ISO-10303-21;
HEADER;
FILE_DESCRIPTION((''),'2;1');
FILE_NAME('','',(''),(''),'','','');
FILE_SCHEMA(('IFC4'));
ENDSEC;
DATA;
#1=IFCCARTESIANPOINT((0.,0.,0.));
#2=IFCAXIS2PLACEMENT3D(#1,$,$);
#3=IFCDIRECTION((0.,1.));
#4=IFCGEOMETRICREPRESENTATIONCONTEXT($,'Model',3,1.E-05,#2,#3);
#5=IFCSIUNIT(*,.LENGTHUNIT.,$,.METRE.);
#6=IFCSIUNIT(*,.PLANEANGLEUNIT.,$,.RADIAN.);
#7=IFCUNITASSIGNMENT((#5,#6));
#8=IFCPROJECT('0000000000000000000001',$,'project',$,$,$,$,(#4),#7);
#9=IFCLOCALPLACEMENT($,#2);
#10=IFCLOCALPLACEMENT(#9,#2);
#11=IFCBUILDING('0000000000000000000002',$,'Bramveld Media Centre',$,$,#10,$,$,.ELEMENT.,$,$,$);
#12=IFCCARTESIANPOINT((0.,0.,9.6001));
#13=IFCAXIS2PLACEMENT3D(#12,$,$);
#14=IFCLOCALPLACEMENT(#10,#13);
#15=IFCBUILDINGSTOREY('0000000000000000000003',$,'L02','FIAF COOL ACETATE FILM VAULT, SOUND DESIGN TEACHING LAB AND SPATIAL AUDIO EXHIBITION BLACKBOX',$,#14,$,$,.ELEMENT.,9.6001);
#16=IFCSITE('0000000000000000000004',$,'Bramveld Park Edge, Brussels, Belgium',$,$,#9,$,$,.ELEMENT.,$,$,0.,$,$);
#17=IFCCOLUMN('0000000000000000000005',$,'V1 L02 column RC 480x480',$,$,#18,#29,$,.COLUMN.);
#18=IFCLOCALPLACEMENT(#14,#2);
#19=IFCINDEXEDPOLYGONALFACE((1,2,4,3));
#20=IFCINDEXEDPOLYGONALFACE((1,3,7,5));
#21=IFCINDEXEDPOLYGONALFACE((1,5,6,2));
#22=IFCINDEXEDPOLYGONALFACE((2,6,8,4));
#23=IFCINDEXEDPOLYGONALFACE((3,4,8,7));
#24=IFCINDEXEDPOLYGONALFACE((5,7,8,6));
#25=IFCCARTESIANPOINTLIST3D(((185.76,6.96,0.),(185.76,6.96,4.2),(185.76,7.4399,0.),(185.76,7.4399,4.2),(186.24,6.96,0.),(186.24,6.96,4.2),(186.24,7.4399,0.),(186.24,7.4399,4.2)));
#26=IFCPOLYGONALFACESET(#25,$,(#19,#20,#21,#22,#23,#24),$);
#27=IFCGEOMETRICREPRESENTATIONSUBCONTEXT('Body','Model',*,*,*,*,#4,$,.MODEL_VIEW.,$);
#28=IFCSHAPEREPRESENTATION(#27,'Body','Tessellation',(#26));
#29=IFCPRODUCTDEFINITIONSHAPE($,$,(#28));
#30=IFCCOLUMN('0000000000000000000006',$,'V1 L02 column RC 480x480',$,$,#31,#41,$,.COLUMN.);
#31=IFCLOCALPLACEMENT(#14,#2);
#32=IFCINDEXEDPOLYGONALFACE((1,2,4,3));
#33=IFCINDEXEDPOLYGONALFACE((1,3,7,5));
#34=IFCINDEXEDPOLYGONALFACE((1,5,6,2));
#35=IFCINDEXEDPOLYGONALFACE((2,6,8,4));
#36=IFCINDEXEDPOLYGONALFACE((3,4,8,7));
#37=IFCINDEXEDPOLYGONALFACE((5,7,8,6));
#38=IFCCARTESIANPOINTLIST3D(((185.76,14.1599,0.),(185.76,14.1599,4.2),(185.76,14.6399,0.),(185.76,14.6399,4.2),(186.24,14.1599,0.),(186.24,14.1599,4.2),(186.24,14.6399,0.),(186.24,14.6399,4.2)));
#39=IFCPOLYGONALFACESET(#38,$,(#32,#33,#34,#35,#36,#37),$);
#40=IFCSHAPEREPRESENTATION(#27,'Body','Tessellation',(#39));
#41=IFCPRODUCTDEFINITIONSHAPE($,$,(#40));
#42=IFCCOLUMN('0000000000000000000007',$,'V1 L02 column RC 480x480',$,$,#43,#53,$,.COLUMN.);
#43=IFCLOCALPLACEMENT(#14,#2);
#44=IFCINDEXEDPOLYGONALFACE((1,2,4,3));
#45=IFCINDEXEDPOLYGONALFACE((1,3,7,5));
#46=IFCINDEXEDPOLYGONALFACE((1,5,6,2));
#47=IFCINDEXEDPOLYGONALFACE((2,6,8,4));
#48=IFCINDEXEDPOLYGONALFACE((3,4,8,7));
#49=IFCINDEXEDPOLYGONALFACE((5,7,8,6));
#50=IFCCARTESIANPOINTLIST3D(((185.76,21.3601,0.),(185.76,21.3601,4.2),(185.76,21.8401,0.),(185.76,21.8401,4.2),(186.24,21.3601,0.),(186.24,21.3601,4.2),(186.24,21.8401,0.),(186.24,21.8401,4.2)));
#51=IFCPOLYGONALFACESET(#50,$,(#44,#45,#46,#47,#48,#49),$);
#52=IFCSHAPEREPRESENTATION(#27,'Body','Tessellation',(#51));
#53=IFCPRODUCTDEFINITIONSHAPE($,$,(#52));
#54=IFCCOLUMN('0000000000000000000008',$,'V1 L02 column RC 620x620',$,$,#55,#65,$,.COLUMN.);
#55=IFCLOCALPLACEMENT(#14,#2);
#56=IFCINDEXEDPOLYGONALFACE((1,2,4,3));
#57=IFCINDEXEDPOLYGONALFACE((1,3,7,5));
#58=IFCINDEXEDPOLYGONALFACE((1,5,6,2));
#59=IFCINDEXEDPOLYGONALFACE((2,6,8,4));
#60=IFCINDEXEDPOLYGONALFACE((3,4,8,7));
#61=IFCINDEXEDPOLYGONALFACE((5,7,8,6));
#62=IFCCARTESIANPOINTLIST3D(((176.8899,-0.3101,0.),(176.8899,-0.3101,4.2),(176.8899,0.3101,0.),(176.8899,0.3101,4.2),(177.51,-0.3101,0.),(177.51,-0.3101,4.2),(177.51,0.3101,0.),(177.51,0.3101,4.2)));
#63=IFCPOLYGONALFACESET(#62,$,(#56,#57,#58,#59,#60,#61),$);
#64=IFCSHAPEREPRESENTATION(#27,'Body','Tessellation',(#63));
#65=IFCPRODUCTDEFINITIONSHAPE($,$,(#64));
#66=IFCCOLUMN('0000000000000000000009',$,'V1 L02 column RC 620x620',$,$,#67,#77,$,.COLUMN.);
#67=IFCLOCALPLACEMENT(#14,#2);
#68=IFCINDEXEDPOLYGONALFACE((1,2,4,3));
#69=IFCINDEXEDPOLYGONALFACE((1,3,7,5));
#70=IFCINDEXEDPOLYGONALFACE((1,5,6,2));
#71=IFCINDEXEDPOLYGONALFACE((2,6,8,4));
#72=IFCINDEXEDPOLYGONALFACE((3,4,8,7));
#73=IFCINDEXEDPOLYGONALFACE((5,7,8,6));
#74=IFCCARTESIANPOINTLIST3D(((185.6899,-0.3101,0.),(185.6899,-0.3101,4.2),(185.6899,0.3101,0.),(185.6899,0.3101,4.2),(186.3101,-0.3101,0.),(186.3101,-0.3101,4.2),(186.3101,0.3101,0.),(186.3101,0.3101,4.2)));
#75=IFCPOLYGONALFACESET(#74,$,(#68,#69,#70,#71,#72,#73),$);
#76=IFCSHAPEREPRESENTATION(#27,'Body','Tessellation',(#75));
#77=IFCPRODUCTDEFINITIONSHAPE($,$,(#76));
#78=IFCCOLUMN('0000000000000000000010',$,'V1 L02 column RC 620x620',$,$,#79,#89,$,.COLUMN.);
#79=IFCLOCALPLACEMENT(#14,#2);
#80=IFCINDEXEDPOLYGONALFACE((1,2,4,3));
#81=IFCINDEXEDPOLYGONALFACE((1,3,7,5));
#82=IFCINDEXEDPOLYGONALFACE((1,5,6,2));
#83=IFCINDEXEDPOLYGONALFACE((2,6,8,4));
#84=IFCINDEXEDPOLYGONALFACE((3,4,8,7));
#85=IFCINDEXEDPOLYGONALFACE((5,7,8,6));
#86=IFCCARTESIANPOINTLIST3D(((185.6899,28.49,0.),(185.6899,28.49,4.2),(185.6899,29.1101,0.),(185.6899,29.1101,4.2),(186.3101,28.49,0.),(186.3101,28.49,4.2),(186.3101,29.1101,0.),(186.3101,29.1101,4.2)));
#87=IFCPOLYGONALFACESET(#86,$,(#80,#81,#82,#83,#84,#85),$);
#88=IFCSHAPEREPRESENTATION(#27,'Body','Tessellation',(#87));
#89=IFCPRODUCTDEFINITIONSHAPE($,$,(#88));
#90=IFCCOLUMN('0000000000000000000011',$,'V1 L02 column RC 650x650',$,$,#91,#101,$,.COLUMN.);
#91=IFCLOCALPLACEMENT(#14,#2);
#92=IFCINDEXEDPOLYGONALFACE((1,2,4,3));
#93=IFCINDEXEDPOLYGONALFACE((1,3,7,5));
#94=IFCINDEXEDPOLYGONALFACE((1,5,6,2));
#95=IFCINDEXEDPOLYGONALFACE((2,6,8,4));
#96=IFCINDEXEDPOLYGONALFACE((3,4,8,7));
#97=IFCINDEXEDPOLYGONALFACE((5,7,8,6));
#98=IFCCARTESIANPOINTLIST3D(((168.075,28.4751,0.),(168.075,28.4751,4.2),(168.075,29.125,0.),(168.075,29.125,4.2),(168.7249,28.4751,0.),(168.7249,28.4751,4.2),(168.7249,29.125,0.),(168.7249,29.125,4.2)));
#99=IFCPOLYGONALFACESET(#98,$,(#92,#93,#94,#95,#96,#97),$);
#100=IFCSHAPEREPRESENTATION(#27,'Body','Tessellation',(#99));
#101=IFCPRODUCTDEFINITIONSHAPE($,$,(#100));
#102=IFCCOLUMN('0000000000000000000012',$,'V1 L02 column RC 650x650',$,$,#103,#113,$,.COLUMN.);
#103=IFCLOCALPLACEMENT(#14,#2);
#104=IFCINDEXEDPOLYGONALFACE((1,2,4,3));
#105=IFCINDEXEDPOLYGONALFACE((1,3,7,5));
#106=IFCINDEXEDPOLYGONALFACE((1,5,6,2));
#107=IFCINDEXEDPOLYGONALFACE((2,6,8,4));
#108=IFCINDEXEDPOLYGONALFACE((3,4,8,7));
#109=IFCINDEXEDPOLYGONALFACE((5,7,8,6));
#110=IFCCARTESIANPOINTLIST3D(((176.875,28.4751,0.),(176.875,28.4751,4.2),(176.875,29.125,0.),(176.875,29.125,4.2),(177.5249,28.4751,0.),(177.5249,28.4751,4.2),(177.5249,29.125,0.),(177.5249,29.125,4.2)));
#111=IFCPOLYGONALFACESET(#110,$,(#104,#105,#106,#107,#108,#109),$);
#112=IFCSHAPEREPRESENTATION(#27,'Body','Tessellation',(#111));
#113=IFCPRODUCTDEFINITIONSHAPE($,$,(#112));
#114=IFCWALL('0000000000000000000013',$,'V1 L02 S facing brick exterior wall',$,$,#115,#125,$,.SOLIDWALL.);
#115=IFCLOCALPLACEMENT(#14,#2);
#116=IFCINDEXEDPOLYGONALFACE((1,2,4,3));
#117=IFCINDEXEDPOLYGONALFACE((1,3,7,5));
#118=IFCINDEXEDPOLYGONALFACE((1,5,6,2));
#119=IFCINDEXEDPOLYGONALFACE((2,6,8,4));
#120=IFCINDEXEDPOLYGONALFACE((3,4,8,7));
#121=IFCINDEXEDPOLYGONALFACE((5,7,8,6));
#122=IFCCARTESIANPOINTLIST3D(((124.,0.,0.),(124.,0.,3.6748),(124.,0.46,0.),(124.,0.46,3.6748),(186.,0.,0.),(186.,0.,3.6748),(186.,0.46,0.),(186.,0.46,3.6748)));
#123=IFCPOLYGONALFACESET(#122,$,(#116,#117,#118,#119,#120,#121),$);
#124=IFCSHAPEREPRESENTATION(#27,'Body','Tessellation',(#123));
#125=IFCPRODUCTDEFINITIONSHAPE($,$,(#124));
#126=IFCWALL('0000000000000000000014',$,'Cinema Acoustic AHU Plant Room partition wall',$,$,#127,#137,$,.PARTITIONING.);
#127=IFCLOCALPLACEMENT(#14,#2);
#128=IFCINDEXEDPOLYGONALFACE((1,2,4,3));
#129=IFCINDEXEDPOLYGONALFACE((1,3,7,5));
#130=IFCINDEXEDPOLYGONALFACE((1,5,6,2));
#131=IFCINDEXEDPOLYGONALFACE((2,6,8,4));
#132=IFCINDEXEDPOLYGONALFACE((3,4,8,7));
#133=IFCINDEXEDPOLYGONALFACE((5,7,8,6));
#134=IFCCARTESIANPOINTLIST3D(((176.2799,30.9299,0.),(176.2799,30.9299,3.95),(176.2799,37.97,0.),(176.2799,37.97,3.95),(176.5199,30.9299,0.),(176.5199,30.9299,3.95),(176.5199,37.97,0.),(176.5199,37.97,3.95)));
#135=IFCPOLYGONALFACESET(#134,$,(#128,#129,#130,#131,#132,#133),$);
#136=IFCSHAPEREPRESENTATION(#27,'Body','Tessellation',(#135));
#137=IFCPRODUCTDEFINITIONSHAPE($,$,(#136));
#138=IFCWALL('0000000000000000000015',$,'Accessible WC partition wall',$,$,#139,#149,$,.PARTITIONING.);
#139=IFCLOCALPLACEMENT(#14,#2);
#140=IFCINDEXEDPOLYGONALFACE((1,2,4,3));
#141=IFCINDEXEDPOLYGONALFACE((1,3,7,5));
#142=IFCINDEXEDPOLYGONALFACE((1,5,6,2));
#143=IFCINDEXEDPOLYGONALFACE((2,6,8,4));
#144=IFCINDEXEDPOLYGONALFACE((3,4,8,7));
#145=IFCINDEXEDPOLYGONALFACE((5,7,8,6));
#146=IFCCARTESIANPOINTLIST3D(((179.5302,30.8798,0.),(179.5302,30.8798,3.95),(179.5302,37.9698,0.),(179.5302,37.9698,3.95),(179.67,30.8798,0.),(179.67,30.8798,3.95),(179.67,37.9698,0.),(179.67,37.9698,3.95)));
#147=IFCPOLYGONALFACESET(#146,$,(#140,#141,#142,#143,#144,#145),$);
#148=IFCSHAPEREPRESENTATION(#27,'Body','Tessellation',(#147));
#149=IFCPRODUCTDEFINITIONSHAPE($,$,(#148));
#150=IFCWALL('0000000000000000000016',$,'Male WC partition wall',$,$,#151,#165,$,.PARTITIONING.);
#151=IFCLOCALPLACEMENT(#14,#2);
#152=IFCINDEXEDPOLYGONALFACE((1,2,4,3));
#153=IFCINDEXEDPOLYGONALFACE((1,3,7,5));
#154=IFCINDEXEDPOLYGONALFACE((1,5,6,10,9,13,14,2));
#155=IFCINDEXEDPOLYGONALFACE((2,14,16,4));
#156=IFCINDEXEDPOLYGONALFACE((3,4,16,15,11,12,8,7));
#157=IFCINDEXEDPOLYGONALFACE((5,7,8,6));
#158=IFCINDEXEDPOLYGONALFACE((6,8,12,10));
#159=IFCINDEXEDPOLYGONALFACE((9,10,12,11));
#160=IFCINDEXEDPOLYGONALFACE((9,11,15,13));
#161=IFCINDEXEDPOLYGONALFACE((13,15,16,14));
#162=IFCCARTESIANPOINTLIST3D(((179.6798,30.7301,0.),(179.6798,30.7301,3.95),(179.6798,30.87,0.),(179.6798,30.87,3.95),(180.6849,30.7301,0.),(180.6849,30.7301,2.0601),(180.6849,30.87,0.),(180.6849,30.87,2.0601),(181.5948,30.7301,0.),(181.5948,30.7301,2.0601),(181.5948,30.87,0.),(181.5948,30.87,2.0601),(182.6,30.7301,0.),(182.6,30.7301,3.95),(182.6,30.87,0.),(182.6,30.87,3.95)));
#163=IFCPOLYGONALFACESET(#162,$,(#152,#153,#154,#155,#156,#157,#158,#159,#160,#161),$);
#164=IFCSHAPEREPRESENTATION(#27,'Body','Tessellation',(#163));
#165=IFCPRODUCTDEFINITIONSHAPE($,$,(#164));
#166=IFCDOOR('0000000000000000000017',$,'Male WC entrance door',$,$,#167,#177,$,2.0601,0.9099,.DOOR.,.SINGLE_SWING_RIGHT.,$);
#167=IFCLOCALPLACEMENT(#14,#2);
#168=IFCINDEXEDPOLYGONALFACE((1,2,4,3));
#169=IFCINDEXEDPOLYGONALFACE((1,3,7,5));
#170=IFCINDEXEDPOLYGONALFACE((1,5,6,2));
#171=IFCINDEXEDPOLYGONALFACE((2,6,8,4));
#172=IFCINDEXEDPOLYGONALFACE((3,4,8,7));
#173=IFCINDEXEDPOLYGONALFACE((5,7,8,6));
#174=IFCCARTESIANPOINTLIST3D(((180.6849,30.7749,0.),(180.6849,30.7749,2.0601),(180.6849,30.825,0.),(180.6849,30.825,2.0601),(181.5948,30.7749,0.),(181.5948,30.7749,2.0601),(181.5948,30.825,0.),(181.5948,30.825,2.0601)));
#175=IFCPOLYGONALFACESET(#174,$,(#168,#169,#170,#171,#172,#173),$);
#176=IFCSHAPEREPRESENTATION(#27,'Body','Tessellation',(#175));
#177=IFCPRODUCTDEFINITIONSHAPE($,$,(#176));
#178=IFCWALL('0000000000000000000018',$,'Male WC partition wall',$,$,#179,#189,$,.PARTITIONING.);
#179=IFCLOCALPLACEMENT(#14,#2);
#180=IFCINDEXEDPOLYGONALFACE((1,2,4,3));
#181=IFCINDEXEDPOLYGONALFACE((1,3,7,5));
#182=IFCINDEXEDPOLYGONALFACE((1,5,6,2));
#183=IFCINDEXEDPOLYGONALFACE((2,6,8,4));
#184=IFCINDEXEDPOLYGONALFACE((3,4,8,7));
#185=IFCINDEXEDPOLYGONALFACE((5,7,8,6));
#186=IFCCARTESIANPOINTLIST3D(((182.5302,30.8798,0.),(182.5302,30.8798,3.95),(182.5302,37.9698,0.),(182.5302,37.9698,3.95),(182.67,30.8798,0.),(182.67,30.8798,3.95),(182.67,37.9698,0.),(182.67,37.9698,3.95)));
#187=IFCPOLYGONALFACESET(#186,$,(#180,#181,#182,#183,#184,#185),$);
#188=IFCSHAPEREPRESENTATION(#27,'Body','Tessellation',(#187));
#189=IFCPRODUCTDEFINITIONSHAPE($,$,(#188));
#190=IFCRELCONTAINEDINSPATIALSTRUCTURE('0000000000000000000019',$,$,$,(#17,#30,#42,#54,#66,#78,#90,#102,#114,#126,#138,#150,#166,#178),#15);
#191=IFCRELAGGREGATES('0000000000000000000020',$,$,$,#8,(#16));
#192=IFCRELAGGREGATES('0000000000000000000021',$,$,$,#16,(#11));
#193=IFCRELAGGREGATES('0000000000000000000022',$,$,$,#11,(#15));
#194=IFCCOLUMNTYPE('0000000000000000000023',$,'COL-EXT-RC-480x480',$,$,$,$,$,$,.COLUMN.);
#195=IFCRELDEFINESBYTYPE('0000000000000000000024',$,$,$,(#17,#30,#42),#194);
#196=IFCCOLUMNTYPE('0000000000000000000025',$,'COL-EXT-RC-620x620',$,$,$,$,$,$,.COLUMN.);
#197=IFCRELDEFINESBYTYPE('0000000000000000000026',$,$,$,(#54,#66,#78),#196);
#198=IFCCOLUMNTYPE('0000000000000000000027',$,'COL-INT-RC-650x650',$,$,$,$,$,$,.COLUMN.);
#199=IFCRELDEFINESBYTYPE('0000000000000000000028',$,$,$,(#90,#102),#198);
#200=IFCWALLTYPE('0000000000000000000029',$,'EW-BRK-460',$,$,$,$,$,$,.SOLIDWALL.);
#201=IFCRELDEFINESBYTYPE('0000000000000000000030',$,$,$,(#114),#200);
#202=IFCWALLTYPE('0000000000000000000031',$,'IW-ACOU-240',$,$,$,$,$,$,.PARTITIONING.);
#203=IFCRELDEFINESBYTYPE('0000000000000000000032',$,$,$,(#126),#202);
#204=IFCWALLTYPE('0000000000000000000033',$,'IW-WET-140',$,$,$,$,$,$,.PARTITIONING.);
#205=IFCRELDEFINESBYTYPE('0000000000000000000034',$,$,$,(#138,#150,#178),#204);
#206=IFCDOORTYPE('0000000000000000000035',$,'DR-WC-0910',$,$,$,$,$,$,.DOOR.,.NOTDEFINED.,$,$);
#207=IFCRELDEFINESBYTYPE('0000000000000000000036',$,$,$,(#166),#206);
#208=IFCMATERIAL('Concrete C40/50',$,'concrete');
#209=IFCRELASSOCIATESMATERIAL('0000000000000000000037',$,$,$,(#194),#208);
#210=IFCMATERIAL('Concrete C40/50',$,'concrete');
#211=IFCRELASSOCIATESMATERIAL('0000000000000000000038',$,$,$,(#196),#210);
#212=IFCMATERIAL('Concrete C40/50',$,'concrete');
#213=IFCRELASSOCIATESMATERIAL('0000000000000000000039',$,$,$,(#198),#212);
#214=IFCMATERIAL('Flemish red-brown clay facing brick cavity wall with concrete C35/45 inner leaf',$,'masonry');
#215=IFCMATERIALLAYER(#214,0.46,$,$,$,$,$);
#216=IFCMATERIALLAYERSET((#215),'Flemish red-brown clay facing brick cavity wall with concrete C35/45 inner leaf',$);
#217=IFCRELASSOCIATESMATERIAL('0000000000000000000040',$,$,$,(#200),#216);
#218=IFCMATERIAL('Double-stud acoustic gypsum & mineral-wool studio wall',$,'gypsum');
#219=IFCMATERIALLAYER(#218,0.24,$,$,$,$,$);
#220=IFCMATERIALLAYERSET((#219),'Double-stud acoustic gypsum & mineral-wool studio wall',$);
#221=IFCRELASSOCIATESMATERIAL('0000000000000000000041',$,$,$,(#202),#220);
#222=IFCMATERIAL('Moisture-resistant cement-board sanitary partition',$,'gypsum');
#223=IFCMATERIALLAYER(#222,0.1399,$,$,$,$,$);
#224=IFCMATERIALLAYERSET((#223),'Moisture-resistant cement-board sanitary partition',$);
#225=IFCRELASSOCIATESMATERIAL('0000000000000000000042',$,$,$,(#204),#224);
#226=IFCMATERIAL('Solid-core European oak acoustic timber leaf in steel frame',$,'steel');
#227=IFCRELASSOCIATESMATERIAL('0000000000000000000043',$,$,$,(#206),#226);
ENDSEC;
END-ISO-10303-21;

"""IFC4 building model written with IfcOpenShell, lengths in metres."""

from ifc_helpers import new_model, si_unit, direction, frame, frame_2d, origin, origin_2d, place, context, subcontext, project, spatial, rectangle, extrude, material, layer, layer_set, material_profile, profile_set, type_object, element, fill, save


model = new_model("IFC4")

# Units and contexts
model_context = context("Model", 3, precision=1e-05, world=origin(), true_north=direction((0.0, 1.0)))
body_context = subcontext(model_context, "Body", "Model", "MODEL_VIEW")
ifc_project = project(units=[si_unit("LENGTHUNIT", "METRE"), si_unit("PLANEANGLEUNIT", "RADIAN")], contexts=[model_context])

# Site, building, storey
site_placement = place(None, origin())
site = spatial("IfcSite", under=ifc_project, at=site_placement, Name="Bramveld Park Edge, Brussels, Belgium", CompositionType="ELEMENT", RefElevation=0.0)
building_placement = place(site_placement, origin())
building = spatial("IfcBuilding", under=site, at=building_placement, Name="Bramveld Media Centre", CompositionType="ELEMENT")
storey_placement = place(building_placement, frame((0.0, 0.0, 9.6001)))
storey = spatial("IfcBuildingStorey", under=building, at=storey_placement, Name="L02", Description="FIAF COOL ACETATE FILM VAULT, SOUND DESIGN TEACHING LAB AND SPATIAL AUDIO EXHIBITION BLACKBOX", CompositionType="ELEMENT", Elevation=9.6001)

# Columns
ifc_material_1 = material(Name="Concrete C40/50", Category="concrete")
ifc_material_profile_1 = material_profile(ifc_material_1, rectangle(XDim=0.48, YDim=0.48, at=origin_2d()), Name="RC 480x480")
ifc_profile_set_1 = profile_set([ifc_material_profile_1], Name="Concrete C40/50")
column_type_1 = type_object("IfcColumnType", Name="COL-EXT-RC-480x480", PredefinedType="COLUMN", material=ifc_profile_set_1)
for number, where, z_axis, x_axis, name in (
    (1, (186.0, 7.2, 0.0), (0.0, 0.0, 1.0), (1.0, 0.0, 0.0), "V1 L02 column RC 480x480"),
    (2, (186.0, 14.3999, 0.0), (0.0, 0.0, 1.0), (1.0, 0.0, 0.0), "V1 L02 column RC 480x480"),
    (3, (186.0, 21.6001, 0.0), (0.0, 0.0, 1.0), (1.0, 0.0, 0.0), "V1 L02 column RC 480x480"),
):
    element("IfcColumn", number, at=place(storey_placement, frame(where, z_axis=z_axis, x_axis=x_axis)), inside=storey, type_object=column_type_1, Name=name, PredefinedType="COLUMN", context=body_context, shape_type="SweptSolid", body=[
        extrude(rectangle(XDim=0.48, YDim=0.48, at=origin_2d()), origin(), (0.0, 0.0, 1.0), 4.2),
    ])
ifc_material_2 = material(Name="Concrete C40/50", Category="concrete")
ifc_material_profile_2 = material_profile(ifc_material_2, rectangle(XDim=0.6201, YDim=0.6201, at=origin_2d()), Name="RC 620x620")
ifc_profile_set_2 = profile_set([ifc_material_profile_2], Name="Concrete C40/50")
column_type_2 = type_object("IfcColumnType", Name="COL-EXT-RC-620x620", PredefinedType="COLUMN", material=ifc_profile_set_2)
for number, where, z_axis, x_axis, name in (
    (4, (177.2, 0.0, 0.0), (0.0, 0.0, 1.0), (1.0, 0.0, 0.0), "V1 L02 column RC 620x620"),
    (5, (186.0, 0.0, 0.0), (0.0, 0.0, 1.0), (1.0, 0.0, 0.0), "V1 L02 column RC 620x620"),
    (6, (186.0, 28.8, 0.0), (0.0, 0.0, 1.0), (1.0, 0.0, 0.0), "V1 L02 column RC 620x620"),
):
    element("IfcColumn", number, at=place(storey_placement, frame(where, z_axis=z_axis, x_axis=x_axis)), inside=storey, type_object=column_type_2, Name=name, PredefinedType="COLUMN", context=body_context, shape_type="SweptSolid", body=[
        extrude(rectangle(XDim=0.6201, YDim=0.6201, at=origin_2d()), origin(), (0.0, 0.0, 1.0), 4.2),
    ])
ifc_material_3 = material(Name="Concrete C40/50", Category="concrete")
ifc_material_profile_3 = material_profile(ifc_material_3, rectangle(XDim=0.6499, YDim=0.6499, at=origin_2d()), Name="RC 650x650")
ifc_profile_set_3 = profile_set([ifc_material_profile_3], Name="Concrete C40/50")
column_type_3 = type_object("IfcColumnType", Name="COL-INT-RC-650x650", PredefinedType="COLUMN", material=ifc_profile_set_3)
for number, where, z_axis, x_axis, name in (
    (7, (168.3999, 28.8, 0.0), (0.0, 0.0, 1.0), (1.0, 0.0, 0.0), "V1 L02 column RC 650x650"),
    (8, (177.2, 28.8, 0.0), (0.0, 0.0, 1.0), (1.0, 0.0, 0.0), "V1 L02 column RC 650x650"),
):
    element("IfcColumn", number, at=place(storey_placement, frame(where, z_axis=z_axis, x_axis=x_axis)), inside=storey, type_object=column_type_3, Name=name, PredefinedType="COLUMN", context=body_context, shape_type="SweptSolid", body=[
        extrude(rectangle(XDim=0.6499, YDim=0.6499, at=origin_2d()), origin(), (0.0, 0.0, 1.0), 4.2),
    ])

# Walls
ifc_material_4 = material(Name="Flemish red-brown clay facing brick cavity wall with concrete C35/45 inner leaf", Category="masonry")
ifc_layer_1 = layer(ifc_material_4, 0.46)
ifc_layer_set_1 = layer_set([ifc_layer_1], Name="Flemish red-brown clay facing brick cavity wall with concrete C35/45 inner leaf")
wall_type_1 = type_object("IfcWallType", Name="EW-BRK-460", PredefinedType="SOLIDWALL", material=ifc_layer_set_1)
wall_1_placement = place(storey_placement, frame((186.0, 0.23, 0.0), z_axis=(0.0, 0.0, 1.0), x_axis=(-1.0, 0.0, 0.0)))
element("IfcWall", 9, at=wall_1_placement, inside=storey, type_object=wall_type_1, Name="V1 L02 S facing brick exterior wall", PredefinedType="SOLIDWALL", context=body_context, shape_type="SweptSolid", body=[
    extrude(rectangle(XDim=62.0, YDim=0.46, at=frame_2d((31.0, 0.0))), origin(), (0.0, 0.0, 1.0), 3.6748),
])
ifc_material_5 = material(Name="Double-stud acoustic gypsum & mineral-wool studio wall", Category="gypsum")
ifc_layer_2 = layer(ifc_material_5, 0.24)
ifc_layer_set_2 = layer_set([ifc_layer_2], Name="Double-stud acoustic gypsum & mineral-wool studio wall")
wall_type_2 = type_object("IfcWallType", Name="IW-ACOU-240", PredefinedType="PARTITIONING", material=ifc_layer_set_2)
wall_2_placement = place(storey_placement, frame((176.3999, 30.9299, 0.0), z_axis=(0.0, 0.0, 1.0), x_axis=(0.0, 1.0, 0.0)))
element("IfcWall", 10, at=wall_2_placement, inside=storey, type_object=wall_type_2, Name="Cinema Acoustic AHU Plant Room partition wall", PredefinedType="PARTITIONING", context=body_context, shape_type="SweptSolid", body=[
    extrude(rectangle(XDim=7.04, YDim=0.24, at=frame_2d((3.52, 0.0))), origin(), (0.0, 0.0, 1.0), 3.95),
])

# Shared definitions
ifc_material_6 = material(Name="Moisture-resistant cement-board sanitary partition", Category="gypsum")
ifc_layer_3 = layer(ifc_material_6, 0.1399)
ifc_layer_set_3 = layer_set([ifc_layer_3], Name="Moisture-resistant cement-board sanitary partition")
wall_type_3 = type_object("IfcWallType", Name="IW-WET-140", PredefinedType="PARTITIONING", material=ifc_layer_set_3)

# Wall
wall_3_placement = place(storey_placement, frame((179.6001, 30.8799, 0.0), z_axis=(0.0, 0.0, 1.0), x_axis=(0.0, 1.0, 0.0)))
element("IfcWall", 11, at=wall_3_placement, inside=storey, type_object=wall_type_3, Name="Accessible WC partition wall", PredefinedType="PARTITIONING", context=body_context, shape_type="SweptSolid", body=[
    extrude(rectangle(XDim=7.0901, YDim=0.1399, at=frame_2d((3.5449, 0.0))), origin(), (0.0, 0.0, 1.0), 3.95),
])

# Wall, opening, door
wall_4_placement = place(storey_placement, frame((179.6799, 30.8, 0.0), z_axis=(0.0, 0.0, 1.0), x_axis=(1.0, 0.0, 0.0)))
wall_4 = element("IfcWall", 12, at=wall_4_placement, inside=storey, type_object=wall_type_3, Name="Male WC partition wall", PredefinedType="PARTITIONING", context=body_context, shape_type="SweptSolid", body=[
    extrude(rectangle(XDim=2.9202, YDim=0.1399, at=frame_2d((1.46, 0.0))), origin(), (0.0, 0.0, 1.0), 3.95),
])
opening_1_placement = place(wall_4_placement, frame((1.0049, 0.0, 0.0)))
opening_1 = element("IfcOpeningElement", 13, at=opening_1_placement, cuts=wall_4, PredefinedType="OPENING", context=body_context, shape_type="SweptSolid", body=[
    extrude(rectangle(XDim=0.9099, YDim=2.0601, at=frame_2d((0.4551, 1.03))), frame((0.0, 0.082, 0.0), z_axis=(0.0, -1.0, 0.0), x_axis=(1.0, 0.0, 0.0)), (0.0, 0.0, 1.0), 0.1638),
])
ifc_material_7 = material(Name="Solid-core European oak acoustic timber leaf in steel frame", Category="steel")
door_type_1 = type_object("IfcDoorType", Name="DR-WC-0910", OperationType="NOTDEFINED", PredefinedType="DOOR", material=ifc_material_7)
door_1_placement = place(opening_1_placement, origin())
door_1 = element("IfcDoor", 14, at=door_1_placement, inside=storey, type_object=door_type_1, Name="Male WC entrance door", OperationType="SINGLE_SWING_RIGHT", OverallHeight=2.0601, OverallWidth=0.9099, PredefinedType="DOOR", context=body_context, shape_type="SweptSolid", body=[
    extrude(rectangle(XDim=0.9099, YDim=2.0601, at=frame_2d((0.4551, 1.03))), frame((0.0, 0.0249, 0.0), z_axis=(0.0, -1.0, 0.0), x_axis=(1.0, 0.0, 0.0)), (0.0, 0.0, 1.0), 0.05),
])
fill(opening_1, door_1)

# Wall
wall_5_placement = place(storey_placement, frame((182.6001, 30.8799, 0.0), z_axis=(0.0, 0.0, 1.0), x_axis=(0.0, 1.0, 0.0)))
element("IfcWall", 15, at=wall_5_placement, inside=storey, type_object=wall_type_3, Name="Male WC partition wall", PredefinedType="PARTITIONING", context=body_context, shape_type="SweptSolid", body=[
    extrude(rectangle(XDim=7.0901, YDim=0.1399, at=frame_2d((3.5449, 0.0))), origin(), (0.0, 0.0, 1.0), 3.95),
])

save(model, "model.ifc")
